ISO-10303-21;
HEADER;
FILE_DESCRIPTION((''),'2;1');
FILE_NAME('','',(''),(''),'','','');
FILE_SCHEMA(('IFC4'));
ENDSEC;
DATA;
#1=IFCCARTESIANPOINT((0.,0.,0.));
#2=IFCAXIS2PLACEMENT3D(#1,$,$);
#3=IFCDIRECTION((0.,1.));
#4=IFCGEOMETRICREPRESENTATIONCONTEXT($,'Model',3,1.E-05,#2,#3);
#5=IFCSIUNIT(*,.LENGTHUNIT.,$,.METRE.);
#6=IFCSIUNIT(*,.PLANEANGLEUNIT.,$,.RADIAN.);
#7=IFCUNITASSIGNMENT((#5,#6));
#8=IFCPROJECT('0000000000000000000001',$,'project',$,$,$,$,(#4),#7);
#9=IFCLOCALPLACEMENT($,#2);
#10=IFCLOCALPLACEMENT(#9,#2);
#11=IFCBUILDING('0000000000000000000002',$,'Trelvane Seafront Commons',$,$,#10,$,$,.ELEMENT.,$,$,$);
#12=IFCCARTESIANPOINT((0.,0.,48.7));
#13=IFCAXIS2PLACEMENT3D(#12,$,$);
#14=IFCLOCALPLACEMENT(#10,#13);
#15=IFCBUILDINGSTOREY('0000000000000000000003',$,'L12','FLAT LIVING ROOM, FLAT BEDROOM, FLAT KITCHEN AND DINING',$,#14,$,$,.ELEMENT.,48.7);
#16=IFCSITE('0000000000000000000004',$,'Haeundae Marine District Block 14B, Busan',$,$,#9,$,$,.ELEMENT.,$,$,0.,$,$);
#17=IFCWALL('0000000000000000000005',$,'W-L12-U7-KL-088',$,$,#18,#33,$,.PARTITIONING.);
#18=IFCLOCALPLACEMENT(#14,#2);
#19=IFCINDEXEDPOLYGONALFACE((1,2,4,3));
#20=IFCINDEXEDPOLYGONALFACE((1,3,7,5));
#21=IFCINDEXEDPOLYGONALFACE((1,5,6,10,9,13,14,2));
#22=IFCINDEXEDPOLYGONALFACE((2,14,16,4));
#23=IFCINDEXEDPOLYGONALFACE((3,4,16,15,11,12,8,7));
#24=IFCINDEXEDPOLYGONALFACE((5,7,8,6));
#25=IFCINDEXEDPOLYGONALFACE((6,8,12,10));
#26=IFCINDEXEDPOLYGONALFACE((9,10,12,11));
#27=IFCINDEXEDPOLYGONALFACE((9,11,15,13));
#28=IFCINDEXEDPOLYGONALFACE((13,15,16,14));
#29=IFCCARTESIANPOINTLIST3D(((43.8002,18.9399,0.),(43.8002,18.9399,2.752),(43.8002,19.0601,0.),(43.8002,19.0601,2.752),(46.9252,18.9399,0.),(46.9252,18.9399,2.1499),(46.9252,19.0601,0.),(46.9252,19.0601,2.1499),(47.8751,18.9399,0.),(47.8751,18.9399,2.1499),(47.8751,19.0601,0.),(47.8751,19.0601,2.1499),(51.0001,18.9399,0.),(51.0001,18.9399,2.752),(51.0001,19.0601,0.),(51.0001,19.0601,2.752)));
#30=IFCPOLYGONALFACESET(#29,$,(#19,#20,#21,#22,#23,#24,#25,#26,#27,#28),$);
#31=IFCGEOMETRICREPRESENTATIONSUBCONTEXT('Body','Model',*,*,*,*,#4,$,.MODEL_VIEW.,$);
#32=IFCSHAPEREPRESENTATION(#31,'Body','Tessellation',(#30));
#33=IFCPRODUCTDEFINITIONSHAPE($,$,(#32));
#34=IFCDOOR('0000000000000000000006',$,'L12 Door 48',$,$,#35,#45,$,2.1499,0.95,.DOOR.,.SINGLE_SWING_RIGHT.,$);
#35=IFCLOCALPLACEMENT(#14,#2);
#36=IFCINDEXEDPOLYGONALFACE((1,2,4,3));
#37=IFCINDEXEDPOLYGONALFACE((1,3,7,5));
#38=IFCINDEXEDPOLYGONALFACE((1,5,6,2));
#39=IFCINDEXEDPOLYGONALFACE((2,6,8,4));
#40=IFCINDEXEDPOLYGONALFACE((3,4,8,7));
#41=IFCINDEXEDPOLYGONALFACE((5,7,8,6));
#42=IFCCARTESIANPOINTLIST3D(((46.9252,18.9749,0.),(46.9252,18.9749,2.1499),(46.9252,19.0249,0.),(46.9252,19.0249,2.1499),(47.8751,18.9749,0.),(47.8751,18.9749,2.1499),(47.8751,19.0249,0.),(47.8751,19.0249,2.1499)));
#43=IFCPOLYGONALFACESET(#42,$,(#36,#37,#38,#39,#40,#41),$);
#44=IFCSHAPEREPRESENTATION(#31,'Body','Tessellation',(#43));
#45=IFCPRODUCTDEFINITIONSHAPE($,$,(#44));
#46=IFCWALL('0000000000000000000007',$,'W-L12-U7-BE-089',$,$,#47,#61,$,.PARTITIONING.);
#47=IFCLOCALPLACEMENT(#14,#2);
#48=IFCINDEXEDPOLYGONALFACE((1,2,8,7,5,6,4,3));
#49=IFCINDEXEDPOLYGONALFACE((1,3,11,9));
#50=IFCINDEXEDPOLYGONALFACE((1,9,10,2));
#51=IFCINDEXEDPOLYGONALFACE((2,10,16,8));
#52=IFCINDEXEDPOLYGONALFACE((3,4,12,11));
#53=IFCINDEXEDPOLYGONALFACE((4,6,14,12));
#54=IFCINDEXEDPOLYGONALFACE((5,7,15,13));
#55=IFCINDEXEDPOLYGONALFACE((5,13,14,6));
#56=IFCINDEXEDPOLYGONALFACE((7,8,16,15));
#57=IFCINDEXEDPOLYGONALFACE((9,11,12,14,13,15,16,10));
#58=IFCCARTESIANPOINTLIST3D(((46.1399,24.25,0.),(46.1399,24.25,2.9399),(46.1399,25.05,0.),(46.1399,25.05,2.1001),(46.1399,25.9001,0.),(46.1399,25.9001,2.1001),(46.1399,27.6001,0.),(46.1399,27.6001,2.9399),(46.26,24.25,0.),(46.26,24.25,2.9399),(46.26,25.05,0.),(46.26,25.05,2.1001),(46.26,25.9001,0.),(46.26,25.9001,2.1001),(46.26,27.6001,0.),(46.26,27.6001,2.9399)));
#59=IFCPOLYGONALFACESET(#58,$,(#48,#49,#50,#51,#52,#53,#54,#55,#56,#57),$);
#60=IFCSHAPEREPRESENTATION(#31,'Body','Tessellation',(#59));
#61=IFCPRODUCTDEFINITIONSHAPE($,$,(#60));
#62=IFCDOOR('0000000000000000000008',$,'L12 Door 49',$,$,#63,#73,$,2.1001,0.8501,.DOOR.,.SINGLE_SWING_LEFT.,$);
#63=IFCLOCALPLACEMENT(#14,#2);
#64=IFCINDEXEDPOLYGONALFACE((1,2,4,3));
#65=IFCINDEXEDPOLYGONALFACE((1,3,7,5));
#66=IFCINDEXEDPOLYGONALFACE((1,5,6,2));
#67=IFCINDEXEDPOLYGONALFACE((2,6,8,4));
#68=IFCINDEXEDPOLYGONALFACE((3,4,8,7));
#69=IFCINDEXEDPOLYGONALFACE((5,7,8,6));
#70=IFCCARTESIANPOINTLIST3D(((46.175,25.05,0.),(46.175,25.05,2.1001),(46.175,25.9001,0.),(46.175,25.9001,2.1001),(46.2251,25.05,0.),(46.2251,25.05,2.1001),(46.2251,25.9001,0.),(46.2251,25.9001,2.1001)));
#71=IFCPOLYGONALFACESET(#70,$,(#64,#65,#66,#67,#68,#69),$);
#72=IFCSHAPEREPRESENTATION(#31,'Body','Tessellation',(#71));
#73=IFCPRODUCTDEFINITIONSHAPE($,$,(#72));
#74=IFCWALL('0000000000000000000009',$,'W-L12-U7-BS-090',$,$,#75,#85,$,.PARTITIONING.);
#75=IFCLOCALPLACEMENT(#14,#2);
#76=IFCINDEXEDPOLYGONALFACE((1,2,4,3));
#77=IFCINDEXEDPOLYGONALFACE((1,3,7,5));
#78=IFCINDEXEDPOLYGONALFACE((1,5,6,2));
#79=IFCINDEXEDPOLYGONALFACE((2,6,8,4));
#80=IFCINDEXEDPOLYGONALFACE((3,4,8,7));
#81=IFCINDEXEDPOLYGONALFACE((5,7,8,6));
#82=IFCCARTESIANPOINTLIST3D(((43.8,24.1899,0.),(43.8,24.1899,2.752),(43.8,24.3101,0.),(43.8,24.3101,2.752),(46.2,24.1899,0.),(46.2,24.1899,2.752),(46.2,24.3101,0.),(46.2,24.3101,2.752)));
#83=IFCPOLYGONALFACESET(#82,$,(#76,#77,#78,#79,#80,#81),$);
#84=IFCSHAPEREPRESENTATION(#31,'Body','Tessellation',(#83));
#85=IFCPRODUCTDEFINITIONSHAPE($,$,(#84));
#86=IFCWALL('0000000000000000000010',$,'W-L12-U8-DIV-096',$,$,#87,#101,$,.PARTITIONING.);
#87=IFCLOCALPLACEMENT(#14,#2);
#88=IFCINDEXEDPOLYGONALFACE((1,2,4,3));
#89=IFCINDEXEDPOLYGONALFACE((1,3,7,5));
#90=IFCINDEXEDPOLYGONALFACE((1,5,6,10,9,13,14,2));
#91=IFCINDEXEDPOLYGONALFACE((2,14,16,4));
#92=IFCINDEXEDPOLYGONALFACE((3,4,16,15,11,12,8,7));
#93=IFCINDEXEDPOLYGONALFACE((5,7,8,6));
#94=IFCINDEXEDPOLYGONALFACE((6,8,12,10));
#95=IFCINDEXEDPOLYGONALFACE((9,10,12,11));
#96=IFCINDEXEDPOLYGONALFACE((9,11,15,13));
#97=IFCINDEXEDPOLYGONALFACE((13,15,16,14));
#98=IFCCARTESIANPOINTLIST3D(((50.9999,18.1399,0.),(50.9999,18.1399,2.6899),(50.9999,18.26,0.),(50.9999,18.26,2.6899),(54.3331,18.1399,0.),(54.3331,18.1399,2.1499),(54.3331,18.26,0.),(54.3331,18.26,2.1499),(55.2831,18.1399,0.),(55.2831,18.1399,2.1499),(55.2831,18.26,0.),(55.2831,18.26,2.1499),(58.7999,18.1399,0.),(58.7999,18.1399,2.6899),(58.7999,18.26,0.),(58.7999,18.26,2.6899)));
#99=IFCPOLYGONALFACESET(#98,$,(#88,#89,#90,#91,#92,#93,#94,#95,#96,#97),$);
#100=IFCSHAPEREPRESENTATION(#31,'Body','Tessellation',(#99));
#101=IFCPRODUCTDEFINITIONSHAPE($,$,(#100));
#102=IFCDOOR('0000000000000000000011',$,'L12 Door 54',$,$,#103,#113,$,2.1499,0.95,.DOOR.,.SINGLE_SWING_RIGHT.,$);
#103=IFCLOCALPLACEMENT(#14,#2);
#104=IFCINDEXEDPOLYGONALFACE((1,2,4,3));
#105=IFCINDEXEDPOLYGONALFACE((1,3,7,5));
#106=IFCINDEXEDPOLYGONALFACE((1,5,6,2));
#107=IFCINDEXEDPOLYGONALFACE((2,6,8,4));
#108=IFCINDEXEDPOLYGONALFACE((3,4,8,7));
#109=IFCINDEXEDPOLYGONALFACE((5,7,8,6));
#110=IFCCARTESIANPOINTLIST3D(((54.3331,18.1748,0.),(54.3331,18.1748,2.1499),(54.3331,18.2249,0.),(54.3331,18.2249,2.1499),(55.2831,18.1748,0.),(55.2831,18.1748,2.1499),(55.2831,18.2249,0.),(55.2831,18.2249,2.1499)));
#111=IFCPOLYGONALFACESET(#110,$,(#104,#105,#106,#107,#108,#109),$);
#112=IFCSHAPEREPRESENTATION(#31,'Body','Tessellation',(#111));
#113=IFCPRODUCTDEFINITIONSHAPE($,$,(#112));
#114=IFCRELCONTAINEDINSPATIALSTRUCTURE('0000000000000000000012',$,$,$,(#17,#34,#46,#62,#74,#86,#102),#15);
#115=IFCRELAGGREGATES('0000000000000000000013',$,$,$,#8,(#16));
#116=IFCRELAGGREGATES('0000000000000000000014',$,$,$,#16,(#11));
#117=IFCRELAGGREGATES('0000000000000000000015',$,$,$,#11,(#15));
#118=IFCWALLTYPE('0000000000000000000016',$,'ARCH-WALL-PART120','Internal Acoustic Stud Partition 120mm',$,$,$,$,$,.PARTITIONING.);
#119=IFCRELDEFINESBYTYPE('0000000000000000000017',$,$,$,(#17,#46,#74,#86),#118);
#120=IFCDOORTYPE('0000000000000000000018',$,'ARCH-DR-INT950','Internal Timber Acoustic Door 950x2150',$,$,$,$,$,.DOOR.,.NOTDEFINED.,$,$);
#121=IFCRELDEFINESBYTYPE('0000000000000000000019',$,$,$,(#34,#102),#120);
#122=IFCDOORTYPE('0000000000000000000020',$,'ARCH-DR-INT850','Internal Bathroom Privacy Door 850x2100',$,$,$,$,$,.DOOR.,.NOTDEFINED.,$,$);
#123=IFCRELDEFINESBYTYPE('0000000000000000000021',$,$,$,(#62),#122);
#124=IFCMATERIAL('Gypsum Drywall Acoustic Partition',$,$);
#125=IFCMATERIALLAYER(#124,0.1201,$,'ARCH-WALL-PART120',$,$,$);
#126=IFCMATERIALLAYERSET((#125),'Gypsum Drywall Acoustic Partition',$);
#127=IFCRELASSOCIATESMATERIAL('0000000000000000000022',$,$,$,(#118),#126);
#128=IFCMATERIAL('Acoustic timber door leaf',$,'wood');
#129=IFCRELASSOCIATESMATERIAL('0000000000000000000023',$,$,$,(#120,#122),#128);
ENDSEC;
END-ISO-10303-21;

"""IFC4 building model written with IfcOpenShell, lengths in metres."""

from ifc_helpers import new_model, si_unit, direction, frame, frame_2d, origin, place, context, subcontext, project, spatial, rectangle, extrude, source, transform, mapped, material, layer, layer_set, type_object, element, fill, save


model = new_model("IFC4")

# Units and contexts
model_context = context("Model", 3, precision=1e-05, world=origin(), true_north=direction((0.0, 1.0)))
body_context = subcontext(model_context, "Body", "Model", "MODEL_VIEW")
ifc_project = project(units=[si_unit("LENGTHUNIT", "METRE"), si_unit("PLANEANGLEUNIT", "RADIAN")], contexts=[model_context])

# Site, building, storey
site_placement = place(None, origin())
site = spatial("IfcSite", under=ifc_project, at=site_placement, Name="Haeundae Marine District Block 14B, Busan", CompositionType="ELEMENT", RefElevation=0.0)
building_placement = place(site_placement, origin())
building = spatial("IfcBuilding", under=site, at=building_placement, Name="Trelvane Seafront Commons", CompositionType="ELEMENT")
storey_placement = place(building_placement, frame((0.0, 0.0, 48.7)))
storey = spatial("IfcBuildingStorey", under=building, at=storey_placement, Name="L12", Description="FLAT LIVING ROOM, FLAT BEDROOM, FLAT KITCHEN AND DINING", CompositionType="ELEMENT", Elevation=48.7)

# Walls, openings, doors
ifc_material_1 = material(Name="Gypsum Drywall Acoustic Partition")
ifc_layer_1 = layer(ifc_material_1, 0.1201, Name="ARCH-WALL-PART120")
ifc_layer_set_1 = layer_set([ifc_layer_1], Name="Gypsum Drywall Acoustic Partition")
wall_type_1 = type_object("IfcWallType", Name="ARCH-WALL-PART120", Description="Internal Acoustic Stud Partition 120mm", PredefinedType="PARTITIONING", material=ifc_layer_set_1)
ifc_material_2 = material(Name="Acoustic timber door leaf", Category="wood")
door_type_1 = type_object("IfcDoorType", Name="ARCH-DR-INT950", Description="Internal Timber Acoustic Door 950x2150", OperationType="NOTDEFINED", PredefinedType="DOOR", material=ifc_material_2)
shared_shape_1 = source(origin(), body_context, "Body", "SweptSolid", [
    extrude(rectangle(XDim=0.95, YDim=2.1499, at=frame_2d((0.4751, 1.075))), frame((0.0, 0.0249, 0.0), z_axis=(0.0, -1.0, 0.0), x_axis=(1.0, 0.0, 0.0)), (0.0, 0.0, 1.0), 0.05),
])
wall_1_placement = place(storey_placement, frame((43.8, 19.0, 0.0), z_axis=(0.0, 0.0, 1.0), x_axis=(1.0, 0.0, 0.0)))
wall_1 = element("IfcWall", 1, at=wall_1_placement, inside=storey, type_object=wall_type_1, Name="W-L12-U7-KL-088", PredefinedType="PARTITIONING", context=body_context, shape_type="SweptSolid", body=[
    extrude(rectangle(XDim=7.2, YDim=0.1201, at=frame_2d((3.6001, 0.0))), origin(), (0.0, 0.0, 1.0), 2.752),
])
opening_1_placement = place(wall_1_placement, frame((3.125, 0.0, 0.0)))
opening_1 = element("IfcOpeningElement", 2, at=opening_1_placement, cuts=wall_1, PredefinedType="OPENING", context=body_context, shape_type="SweptSolid", body=[
    extrude(rectangle(XDim=0.95, YDim=2.1499, at=frame_2d((0.4751, 1.075))), frame((0.0, 0.0701, 0.0), z_axis=(0.0, -1.0, 0.0), x_axis=(1.0, 0.0, 0.0)), (0.0, 0.0, 1.0), 0.1401),
])
door_1_placement = place(opening_1_placement, origin())
door_1 = element("IfcDoor", 3, at=door_1_placement, inside=storey, type_object=door_type_1, Name="L12 Door 48", OperationType="SINGLE_SWING_RIGHT", OverallHeight=2.1499, OverallWidth=0.95, PredefinedType="DOOR", context=body_context, shape_type="MappedRepresentation", body=[
    mapped(shared_shape_1, transform((0.0, 0.0, 0.0), x_axis=(1.0, 0.0, 0.0), y_axis=(0.0, 1.0, 0.0), z_axis=(0.0, 0.0, 1.0), scale=1.0)),
])
fill(opening_1, door_1)
wall_2_placement = place(storey_placement, frame((46.2, 24.25, 0.0), z_axis=(0.0, 0.0, 1.0), x_axis=(0.0, 1.0, 0.0)))
wall_2 = element("IfcWall", 4, at=wall_2_placement, inside=storey, type_object=wall_type_1, Name="W-L12-U7-BE-089", PredefinedType="PARTITIONING", context=body_context, shape_type="SweptSolid", body=[
    extrude(rectangle(XDim=3.3501, YDim=0.1201, at=frame_2d((1.675, 0.0))), origin(), (0.0, 0.0, 1.0), 2.9399),
])
opening_2_placement = place(wall_2_placement, frame((0.8, 0.0, 0.0)))
opening_2 = element("IfcOpeningElement", 5, at=opening_2_placement, cuts=wall_2, PredefinedType="OPENING", context=body_context, shape_type="SweptSolid", body=[
    extrude(rectangle(XDim=0.8501, YDim=2.1001, at=frame_2d((0.425, 1.05))), frame((0.0, 0.0701, 0.0), z_axis=(0.0, -1.0, 0.0), x_axis=(1.0, 0.0, 0.0)), (0.0, 0.0, 1.0), 0.1401),
])
door_type_2 = type_object("IfcDoorType", Name="ARCH-DR-INT850", Description="Internal Bathroom Privacy Door 850x2100", OperationType="NOTDEFINED", PredefinedType="DOOR", material=ifc_material_2)
shared_shape_2 = source(origin(), body_context, "Body", "SweptSolid", [
    extrude(rectangle(XDim=0.8501, YDim=2.1001, at=frame_2d((0.425, 1.05))), frame((0.0, 0.0249, 0.0), z_axis=(0.0, -1.0, 0.0), x_axis=(1.0, 0.0, 0.0)), (0.0, 0.0, 1.0), 0.05),
])
door_2_placement = place(opening_2_placement, origin())
door_2 = element("IfcDoor", 6, at=door_2_placement, inside=storey, type_object=door_type_2, Name="L12 Door 49", OperationType="SINGLE_SWING_LEFT", OverallHeight=2.1001, OverallWidth=0.8501, PredefinedType="DOOR", context=body_context, shape_type="MappedRepresentation", body=[
    mapped(shared_shape_2, transform((0.0, 0.0, 0.0), x_axis=(1.0, 0.0, 0.0), y_axis=(0.0, 1.0, 0.0), z_axis=(0.0, 0.0, 1.0), scale=1.0)),
])
fill(opening_2, door_2)

# Wall
wall_3_placement = place(storey_placement, frame((43.8, 24.25, 0.0), z_axis=(0.0, 0.0, 1.0), x_axis=(1.0, 0.0, 0.0)))
element("IfcWall", 7, at=wall_3_placement, inside=storey, type_object=wall_type_1, Name="W-L12-U7-BS-090", PredefinedType="PARTITIONING", context=body_context, shape_type="SweptSolid", body=[
    extrude(rectangle(XDim=2.3999, YDim=0.1201, at=frame_2d((1.2, 0.0))), origin(), (0.0, 0.0, 1.0), 2.752),
])

# Wall, opening, door
wall_4_placement = place(storey_placement, frame((51.0, 18.2, 0.0), z_axis=(0.0, 0.0, 1.0), x_axis=(1.0, 0.0, 0.0)))
wall_4 = element("IfcWall", 8, at=wall_4_placement, inside=storey, type_object=wall_type_1, Name="W-L12-U8-DIV-096", PredefinedType="PARTITIONING", context=body_context, shape_type="SweptSolid", body=[
    extrude(rectangle(XDim=7.8, YDim=0.1201, at=frame_2d((3.8999, 0.0))), origin(), (0.0, 0.0, 1.0), 2.6899),
])
opening_3_placement = place(wall_4_placement, frame((3.333, 0.0, 0.0)))
opening_3 = element("IfcOpeningElement", 9, at=opening_3_placement, cuts=wall_4, PredefinedType="OPENING", context=body_context, shape_type="SweptSolid", body=[
    extrude(rectangle(XDim=0.95, YDim=2.1499, at=frame_2d((0.4751, 1.075))), frame((0.0, 0.0701, 0.0), z_axis=(0.0, -1.0, 0.0), x_axis=(1.0, 0.0, 0.0)), (0.0, 0.0, 1.0), 0.1401),
])
door_3_placement = place(opening_3_placement, origin())
door_3 = element("IfcDoor", 10, at=door_3_placement, inside=storey, type_object=door_type_1, Name="L12 Door 54", OperationType="SINGLE_SWING_RIGHT", OverallHeight=2.1499, OverallWidth=0.95, PredefinedType="DOOR", context=body_context, shape_type="MappedRepresentation", body=[
    mapped(shared_shape_1, transform((0.0, 0.0, 0.0), x_axis=(1.0, 0.0, 0.0), y_axis=(0.0, 1.0, 0.0), z_axis=(0.0, 0.0, 1.0), scale=1.0)),
])
fill(opening_3, door_3)

save(model, "model.ifc")
